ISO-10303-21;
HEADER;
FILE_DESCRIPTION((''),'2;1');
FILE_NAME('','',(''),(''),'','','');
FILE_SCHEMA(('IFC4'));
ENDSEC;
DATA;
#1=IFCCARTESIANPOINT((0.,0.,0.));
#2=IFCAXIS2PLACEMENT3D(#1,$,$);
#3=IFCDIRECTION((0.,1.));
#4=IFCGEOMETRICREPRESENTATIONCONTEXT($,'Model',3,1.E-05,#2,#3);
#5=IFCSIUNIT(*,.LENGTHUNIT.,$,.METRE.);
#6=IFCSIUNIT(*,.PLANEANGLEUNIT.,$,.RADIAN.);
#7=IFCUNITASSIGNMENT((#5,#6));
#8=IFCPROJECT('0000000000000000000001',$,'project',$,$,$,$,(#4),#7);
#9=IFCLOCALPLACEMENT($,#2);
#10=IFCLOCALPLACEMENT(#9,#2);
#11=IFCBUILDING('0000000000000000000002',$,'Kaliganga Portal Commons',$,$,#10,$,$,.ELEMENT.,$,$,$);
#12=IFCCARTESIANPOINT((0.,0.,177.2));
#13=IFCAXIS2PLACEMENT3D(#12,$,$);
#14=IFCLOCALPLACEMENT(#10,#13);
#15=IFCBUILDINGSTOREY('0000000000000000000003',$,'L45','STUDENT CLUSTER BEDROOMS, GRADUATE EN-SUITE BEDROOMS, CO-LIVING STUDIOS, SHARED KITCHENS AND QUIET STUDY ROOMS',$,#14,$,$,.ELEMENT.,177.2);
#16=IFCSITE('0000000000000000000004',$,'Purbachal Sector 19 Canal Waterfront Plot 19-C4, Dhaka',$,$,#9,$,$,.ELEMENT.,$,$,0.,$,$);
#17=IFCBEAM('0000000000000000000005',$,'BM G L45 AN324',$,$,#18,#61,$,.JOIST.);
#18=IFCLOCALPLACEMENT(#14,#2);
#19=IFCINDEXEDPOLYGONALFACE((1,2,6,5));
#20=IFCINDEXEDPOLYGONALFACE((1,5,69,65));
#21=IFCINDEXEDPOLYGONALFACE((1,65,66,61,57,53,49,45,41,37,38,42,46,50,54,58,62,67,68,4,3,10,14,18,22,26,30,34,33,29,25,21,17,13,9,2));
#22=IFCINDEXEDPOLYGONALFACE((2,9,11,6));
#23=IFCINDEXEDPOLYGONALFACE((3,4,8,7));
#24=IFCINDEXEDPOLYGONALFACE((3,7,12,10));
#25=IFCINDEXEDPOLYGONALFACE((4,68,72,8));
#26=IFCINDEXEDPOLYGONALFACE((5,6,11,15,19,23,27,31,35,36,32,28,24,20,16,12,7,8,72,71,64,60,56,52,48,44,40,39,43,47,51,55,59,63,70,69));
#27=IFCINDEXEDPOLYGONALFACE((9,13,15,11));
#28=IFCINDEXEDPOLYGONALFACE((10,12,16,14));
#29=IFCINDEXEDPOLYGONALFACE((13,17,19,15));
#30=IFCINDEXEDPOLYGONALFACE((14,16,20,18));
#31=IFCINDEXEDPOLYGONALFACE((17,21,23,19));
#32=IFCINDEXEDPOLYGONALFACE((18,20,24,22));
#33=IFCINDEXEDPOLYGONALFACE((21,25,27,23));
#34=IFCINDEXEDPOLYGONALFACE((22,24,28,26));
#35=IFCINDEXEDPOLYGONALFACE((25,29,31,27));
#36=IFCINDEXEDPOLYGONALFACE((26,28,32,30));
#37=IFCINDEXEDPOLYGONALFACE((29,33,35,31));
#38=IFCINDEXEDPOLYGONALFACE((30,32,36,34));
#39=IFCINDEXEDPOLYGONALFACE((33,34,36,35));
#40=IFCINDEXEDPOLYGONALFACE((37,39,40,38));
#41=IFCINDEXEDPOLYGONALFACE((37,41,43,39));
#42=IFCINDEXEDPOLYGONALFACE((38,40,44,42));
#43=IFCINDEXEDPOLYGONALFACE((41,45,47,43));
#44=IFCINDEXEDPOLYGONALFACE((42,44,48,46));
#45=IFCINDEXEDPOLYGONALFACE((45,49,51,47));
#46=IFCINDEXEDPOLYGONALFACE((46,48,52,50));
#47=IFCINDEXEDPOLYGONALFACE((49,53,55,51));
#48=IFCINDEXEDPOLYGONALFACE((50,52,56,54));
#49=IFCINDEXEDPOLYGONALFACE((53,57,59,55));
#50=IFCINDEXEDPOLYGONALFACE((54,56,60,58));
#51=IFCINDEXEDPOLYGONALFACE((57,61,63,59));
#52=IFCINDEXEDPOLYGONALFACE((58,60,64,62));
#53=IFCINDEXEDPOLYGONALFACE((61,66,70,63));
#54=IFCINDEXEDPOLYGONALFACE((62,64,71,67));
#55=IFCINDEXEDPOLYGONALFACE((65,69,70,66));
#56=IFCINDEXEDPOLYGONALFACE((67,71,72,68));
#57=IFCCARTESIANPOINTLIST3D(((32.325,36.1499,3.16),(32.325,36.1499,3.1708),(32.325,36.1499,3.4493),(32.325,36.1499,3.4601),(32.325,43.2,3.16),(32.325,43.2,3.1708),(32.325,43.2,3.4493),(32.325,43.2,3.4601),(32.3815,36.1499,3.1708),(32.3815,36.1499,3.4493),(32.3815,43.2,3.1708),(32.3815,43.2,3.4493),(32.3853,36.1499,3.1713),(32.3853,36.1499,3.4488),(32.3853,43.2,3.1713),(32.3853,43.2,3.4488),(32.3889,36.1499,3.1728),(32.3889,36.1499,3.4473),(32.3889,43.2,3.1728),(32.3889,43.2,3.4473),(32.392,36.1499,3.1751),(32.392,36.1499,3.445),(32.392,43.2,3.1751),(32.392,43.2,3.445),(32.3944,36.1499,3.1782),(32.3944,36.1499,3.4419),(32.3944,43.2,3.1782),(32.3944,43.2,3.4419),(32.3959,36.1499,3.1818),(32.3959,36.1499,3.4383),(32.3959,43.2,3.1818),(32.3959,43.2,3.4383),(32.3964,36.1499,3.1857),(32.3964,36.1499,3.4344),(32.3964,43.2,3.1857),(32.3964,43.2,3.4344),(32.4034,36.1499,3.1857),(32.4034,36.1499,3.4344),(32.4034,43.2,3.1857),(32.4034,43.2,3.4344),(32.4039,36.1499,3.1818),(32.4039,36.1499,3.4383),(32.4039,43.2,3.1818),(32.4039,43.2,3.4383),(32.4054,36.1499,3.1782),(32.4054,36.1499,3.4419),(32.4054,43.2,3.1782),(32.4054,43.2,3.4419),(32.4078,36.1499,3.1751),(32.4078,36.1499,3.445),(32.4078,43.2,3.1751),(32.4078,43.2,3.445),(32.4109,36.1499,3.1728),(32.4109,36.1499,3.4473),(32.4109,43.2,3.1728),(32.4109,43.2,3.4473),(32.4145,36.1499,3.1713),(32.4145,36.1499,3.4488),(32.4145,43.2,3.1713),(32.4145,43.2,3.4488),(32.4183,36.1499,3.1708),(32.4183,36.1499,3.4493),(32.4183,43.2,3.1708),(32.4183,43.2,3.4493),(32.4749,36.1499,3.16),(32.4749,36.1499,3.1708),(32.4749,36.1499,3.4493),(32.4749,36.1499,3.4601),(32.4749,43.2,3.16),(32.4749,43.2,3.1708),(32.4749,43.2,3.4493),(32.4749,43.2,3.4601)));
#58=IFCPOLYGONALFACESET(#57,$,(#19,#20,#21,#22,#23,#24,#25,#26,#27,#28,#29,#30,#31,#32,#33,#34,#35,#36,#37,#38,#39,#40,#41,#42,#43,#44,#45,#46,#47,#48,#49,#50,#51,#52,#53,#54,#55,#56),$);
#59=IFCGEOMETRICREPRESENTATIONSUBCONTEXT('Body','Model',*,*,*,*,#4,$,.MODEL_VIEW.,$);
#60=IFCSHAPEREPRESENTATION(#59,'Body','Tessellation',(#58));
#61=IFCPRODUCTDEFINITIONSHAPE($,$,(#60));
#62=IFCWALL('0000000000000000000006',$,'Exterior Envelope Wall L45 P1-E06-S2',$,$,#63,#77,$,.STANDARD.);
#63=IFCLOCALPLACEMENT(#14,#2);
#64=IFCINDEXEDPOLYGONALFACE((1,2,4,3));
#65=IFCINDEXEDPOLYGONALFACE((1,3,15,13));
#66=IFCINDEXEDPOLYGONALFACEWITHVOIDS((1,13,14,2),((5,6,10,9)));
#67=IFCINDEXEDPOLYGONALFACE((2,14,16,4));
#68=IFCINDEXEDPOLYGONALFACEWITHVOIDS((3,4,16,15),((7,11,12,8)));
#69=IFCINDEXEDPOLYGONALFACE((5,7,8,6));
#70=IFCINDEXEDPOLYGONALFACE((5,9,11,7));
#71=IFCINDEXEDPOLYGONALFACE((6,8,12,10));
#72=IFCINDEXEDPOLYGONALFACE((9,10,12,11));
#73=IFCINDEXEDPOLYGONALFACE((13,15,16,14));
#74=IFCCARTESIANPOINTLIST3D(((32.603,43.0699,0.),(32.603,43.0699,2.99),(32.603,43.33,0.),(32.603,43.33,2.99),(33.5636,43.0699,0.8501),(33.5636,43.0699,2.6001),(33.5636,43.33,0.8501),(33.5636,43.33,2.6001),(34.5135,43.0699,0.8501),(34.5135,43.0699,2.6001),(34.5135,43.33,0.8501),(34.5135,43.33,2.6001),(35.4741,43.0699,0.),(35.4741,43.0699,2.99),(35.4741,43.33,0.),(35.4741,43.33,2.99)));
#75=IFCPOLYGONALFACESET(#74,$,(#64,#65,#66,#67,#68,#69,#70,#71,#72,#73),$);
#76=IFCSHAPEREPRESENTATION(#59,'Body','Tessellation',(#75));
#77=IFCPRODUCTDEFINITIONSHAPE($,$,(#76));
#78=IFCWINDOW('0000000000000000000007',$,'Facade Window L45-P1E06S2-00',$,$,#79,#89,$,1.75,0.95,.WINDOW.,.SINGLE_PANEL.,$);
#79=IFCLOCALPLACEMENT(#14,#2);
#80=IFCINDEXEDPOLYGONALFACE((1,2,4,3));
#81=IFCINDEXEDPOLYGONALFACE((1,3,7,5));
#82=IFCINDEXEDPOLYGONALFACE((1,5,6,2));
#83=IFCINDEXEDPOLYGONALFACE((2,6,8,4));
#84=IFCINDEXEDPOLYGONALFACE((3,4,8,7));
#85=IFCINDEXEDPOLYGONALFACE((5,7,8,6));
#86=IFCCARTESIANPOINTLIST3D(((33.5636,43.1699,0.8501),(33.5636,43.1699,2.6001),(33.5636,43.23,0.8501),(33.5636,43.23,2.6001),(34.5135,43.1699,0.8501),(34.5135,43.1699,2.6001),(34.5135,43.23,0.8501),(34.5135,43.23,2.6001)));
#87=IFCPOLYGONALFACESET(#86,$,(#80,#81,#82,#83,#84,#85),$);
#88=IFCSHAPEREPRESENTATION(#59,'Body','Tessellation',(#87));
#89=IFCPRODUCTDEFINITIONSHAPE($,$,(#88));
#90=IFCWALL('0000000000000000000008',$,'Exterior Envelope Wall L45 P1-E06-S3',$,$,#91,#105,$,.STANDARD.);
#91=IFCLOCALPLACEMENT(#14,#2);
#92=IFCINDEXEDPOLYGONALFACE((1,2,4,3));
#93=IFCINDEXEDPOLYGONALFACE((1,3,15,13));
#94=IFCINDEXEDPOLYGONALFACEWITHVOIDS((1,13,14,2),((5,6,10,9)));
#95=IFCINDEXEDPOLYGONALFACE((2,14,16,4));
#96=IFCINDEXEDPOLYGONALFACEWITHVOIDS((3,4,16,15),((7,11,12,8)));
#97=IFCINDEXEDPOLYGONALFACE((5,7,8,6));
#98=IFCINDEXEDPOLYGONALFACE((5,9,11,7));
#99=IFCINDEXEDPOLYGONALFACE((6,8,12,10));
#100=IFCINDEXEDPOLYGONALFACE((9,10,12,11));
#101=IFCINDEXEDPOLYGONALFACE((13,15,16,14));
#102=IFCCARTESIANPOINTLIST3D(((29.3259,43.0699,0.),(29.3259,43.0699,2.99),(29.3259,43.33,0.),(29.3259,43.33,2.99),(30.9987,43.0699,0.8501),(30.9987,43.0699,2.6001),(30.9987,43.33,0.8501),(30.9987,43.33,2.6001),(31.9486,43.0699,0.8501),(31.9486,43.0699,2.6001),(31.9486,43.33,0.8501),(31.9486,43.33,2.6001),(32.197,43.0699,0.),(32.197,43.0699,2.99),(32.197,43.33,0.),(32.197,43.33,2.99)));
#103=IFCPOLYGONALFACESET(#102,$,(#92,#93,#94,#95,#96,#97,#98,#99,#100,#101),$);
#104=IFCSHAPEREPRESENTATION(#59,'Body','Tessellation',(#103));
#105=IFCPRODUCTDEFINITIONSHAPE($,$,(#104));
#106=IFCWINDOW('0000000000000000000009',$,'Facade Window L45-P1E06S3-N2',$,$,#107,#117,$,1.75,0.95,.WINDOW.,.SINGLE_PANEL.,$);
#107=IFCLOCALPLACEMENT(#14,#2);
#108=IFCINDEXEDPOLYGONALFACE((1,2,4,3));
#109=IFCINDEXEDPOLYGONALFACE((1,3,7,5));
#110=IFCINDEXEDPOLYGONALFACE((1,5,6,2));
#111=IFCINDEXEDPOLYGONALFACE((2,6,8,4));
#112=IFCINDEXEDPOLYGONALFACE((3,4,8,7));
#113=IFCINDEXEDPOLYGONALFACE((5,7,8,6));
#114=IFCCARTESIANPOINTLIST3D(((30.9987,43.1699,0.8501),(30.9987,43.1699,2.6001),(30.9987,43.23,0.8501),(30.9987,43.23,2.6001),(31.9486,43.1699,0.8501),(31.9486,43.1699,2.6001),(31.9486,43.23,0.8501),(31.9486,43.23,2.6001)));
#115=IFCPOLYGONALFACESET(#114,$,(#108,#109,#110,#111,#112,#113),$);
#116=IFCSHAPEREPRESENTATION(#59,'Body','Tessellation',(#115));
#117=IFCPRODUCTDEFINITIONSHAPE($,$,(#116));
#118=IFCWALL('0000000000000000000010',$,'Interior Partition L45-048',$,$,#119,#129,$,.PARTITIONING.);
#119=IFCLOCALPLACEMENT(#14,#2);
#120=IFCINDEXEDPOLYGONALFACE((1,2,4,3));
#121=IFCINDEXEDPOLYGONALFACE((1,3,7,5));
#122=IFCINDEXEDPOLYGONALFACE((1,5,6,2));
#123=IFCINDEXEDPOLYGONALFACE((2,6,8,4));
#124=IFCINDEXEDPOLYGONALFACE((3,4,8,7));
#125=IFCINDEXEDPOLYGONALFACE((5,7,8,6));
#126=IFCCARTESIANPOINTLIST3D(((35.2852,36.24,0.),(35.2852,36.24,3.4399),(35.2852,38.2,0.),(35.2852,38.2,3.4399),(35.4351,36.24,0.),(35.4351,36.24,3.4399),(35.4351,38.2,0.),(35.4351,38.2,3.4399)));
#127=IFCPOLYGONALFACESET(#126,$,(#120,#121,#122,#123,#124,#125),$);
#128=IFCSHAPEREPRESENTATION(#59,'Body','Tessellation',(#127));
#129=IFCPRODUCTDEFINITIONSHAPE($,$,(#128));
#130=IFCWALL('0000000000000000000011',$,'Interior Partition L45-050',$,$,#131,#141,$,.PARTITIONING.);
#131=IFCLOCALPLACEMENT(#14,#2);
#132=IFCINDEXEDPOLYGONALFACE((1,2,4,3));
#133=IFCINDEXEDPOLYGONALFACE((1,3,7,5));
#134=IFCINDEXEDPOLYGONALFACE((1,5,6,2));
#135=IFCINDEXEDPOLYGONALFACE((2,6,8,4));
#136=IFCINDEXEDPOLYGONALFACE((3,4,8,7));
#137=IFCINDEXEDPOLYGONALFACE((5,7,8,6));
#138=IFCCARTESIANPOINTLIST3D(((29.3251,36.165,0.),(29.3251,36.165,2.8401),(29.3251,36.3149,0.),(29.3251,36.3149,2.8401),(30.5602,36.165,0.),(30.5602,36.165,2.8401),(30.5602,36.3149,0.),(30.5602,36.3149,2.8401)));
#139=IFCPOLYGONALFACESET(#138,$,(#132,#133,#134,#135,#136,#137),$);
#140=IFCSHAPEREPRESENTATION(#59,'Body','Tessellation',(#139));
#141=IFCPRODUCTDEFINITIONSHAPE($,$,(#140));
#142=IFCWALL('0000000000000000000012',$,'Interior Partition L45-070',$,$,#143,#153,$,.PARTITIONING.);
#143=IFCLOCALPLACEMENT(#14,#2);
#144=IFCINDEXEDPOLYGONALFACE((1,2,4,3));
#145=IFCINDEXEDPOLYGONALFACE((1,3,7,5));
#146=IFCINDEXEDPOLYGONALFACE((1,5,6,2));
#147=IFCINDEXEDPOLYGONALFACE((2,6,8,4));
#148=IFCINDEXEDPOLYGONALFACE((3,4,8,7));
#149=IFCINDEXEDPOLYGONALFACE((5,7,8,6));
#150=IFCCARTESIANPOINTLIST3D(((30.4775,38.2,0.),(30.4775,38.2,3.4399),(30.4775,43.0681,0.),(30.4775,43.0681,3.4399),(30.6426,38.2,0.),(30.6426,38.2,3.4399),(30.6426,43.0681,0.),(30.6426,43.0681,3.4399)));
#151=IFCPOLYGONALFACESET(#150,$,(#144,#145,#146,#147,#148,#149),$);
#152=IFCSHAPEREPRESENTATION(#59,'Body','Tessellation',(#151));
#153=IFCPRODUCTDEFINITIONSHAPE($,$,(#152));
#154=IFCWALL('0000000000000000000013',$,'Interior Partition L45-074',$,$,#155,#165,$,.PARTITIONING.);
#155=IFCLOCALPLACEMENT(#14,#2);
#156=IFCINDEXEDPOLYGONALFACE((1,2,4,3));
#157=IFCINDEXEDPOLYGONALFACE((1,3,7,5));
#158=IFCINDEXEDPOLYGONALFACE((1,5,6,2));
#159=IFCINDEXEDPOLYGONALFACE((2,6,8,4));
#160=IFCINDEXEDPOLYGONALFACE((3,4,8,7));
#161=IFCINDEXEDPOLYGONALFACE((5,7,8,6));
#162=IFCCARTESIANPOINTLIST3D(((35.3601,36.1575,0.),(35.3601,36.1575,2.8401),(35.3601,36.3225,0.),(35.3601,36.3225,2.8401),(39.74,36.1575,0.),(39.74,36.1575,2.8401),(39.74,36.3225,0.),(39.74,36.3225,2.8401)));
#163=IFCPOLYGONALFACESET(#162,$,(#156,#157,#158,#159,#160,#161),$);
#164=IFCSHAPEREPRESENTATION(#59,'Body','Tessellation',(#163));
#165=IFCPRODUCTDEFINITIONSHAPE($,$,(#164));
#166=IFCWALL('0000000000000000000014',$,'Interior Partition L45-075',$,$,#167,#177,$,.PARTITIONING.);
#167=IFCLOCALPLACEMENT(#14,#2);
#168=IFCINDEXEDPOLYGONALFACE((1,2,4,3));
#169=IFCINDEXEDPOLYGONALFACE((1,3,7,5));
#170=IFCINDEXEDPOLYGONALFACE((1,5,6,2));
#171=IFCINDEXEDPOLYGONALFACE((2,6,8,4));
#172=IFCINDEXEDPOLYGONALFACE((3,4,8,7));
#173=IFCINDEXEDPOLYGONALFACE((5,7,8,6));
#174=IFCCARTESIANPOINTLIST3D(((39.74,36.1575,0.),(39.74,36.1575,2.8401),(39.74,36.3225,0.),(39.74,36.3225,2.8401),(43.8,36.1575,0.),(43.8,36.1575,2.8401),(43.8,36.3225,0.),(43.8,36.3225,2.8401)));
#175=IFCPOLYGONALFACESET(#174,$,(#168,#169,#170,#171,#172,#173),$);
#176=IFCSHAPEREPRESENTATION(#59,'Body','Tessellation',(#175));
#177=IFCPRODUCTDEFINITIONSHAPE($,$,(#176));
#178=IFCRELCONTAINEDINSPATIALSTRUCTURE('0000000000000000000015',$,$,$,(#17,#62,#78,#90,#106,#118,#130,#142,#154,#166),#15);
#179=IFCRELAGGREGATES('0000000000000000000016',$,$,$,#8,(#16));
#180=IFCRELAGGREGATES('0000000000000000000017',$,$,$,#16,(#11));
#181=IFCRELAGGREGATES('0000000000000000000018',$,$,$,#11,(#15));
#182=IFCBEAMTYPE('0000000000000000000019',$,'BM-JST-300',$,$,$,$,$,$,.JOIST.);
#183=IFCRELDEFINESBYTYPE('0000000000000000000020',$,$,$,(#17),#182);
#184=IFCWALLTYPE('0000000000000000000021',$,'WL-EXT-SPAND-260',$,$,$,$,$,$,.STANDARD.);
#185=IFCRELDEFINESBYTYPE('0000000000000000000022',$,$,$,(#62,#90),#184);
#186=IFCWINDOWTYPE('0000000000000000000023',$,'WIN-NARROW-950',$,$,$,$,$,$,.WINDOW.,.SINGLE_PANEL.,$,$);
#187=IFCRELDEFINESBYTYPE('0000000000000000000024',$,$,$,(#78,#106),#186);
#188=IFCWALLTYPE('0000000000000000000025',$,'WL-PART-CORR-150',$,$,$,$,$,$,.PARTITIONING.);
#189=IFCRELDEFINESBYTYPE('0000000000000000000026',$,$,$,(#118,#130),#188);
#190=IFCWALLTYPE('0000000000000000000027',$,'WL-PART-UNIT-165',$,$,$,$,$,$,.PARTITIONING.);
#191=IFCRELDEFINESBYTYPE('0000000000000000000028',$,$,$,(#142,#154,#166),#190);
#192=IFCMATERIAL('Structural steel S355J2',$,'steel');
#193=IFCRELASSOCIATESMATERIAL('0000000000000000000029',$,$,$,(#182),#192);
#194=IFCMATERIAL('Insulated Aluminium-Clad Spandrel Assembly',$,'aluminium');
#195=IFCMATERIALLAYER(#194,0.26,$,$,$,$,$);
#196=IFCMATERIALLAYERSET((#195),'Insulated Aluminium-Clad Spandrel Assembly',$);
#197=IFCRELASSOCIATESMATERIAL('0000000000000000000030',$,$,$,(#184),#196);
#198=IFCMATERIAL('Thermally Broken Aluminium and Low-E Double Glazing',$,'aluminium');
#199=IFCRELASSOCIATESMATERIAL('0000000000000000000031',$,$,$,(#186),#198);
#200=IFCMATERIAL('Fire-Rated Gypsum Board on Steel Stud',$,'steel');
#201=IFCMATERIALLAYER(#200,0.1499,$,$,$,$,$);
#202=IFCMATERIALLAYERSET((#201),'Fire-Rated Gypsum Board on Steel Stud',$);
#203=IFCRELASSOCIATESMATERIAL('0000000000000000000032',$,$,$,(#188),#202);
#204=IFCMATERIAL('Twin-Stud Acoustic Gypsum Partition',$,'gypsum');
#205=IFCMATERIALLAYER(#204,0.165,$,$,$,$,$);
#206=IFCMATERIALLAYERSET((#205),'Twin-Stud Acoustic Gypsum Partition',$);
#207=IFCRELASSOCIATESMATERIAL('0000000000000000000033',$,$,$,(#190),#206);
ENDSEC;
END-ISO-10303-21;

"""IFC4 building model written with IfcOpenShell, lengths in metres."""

from ifc_helpers import new_model, si_unit, direction, frame, frame_2d, origin, origin_2d, place, context, subcontext, project, spatial, rectangle, i_section, extrude, source, transform, mapped, material, layer, layer_set, material_profile, profile_set, type_object, element, fill, save


model = new_model("IFC4")

# Units and contexts
model_context = context("Model", 3, precision=1e-05, world=origin(), true_north=direction((0.0, 1.0)))
body_context = subcontext(model_context, "Body", "Model", "MODEL_VIEW")
ifc_project = project(units=[si_unit("LENGTHUNIT", "METRE"), si_unit("PLANEANGLEUNIT", "RADIAN")], contexts=[model_context])

# Site, building, storey
site_placement = place(None, origin())
site = spatial("IfcSite", under=ifc_project, at=site_placement, Name="Purbachal Sector 19 Canal Waterfront Plot 19-C4, Dhaka", CompositionType="ELEMENT", RefElevation=0.0)
building_placement = place(site_placement, origin())
building = spatial("IfcBuilding", under=site, at=building_placement, Name="Kaliganga Portal Commons", CompositionType="ELEMENT")
storey_placement = place(building_placement, frame((0.0, 0.0, 177.2)))
storey = spatial("IfcBuildingStorey", under=building, at=storey_placement, Name="L45", Description="STUDENT CLUSTER BEDROOMS, GRADUATE EN-SUITE BEDROOMS, CO-LIVING STUDIOS, SHARED KITCHENS AND QUIET STUDY ROOMS", CompositionType="ELEMENT", Elevation=177.2)

# Beam
ifc_material_1 = material(Name="Structural steel S355J2", Category="steel")
ifc_material_profile_1 = material_profile(ifc_material_1, i_section(OverallWidth=0.1499, OverallDepth=0.3, WebThickness=0.0071, FlangeThickness=0.0107, FilletRadius=0.0149, at=origin_2d()), Name="IPE 300")
ifc_profile_set_1 = profile_set([ifc_material_profile_1], Name="Structural steel S355J2 wide-flange")
beam_type_1 = type_object("IfcBeamType", Name="BM-JST-300", PredefinedType="JOIST", material=ifc_profile_set_1)
shared_shape_1 = source(origin(), body_context, "Body", "SweptSolid", [
    extrude(i_section(OverallWidth=0.1499, OverallDepth=0.3, WebThickness=0.0071, FlangeThickness=0.0107, FilletRadius=0.0149, at=origin_2d()), origin(), (0.0, 0.0, 1.0), 7.05),
])
beam_1_placement = place(storey_placement, frame((32.3999, 36.1499, 3.3101), z_axis=(0.0, 1.0, 0.0), x_axis=(-1.0, 0.0, 0.0)))
element("IfcBeam", 1, at=beam_1_placement, inside=storey, type_object=beam_type_1, Name="BM G L45 AN324", PredefinedType="JOIST", context=body_context, shape_type="MappedRepresentation", body=[
    mapped(shared_shape_1, transform((0.0, 0.0, 0.0), x_axis=(1.0, 0.0, 0.0), y_axis=(0.0, 1.0, 0.0), z_axis=(0.0, 0.0, 1.0), scale=1.0)),
])

# Shared definitions
ifc_material_2 = material(Name="Insulated Aluminium-Clad Spandrel Assembly", Category="aluminium")
ifc_layer_1 = layer(ifc_material_2, 0.26)
ifc_layer_set_1 = layer_set([ifc_layer_1], Name="Insulated Aluminium-Clad Spandrel Assembly")
wall_type_1 = type_object("IfcWallType", Name="WL-EXT-SPAND-260", PredefinedType="STANDARD", material=ifc_layer_set_1)
ifc_material_3 = material(Name="Thermally Broken Aluminium and Low-E Double Glazing", Category="aluminium")

# Walls, openings, windows
wall_1_placement = place(storey_placement, frame((32.603, 43.2, 0.0), z_axis=(0.0, 0.0, 1.0), x_axis=(1.0, 0.0, 0.0)))
wall_1 = element("IfcWall", 2, at=wall_1_placement, inside=storey, type_object=wall_type_1, Name="Exterior Envelope Wall L45 P1-E06-S2", PredefinedType="STANDARD", context=body_context, shape_type="SweptSolid", body=[
    extrude(rectangle(XDim=2.8711, YDim=0.26, at=frame_2d((1.4355, 0.0))), origin(), (0.0, 0.0, 1.0), 2.99),
])
opening_1_placement = place(wall_1_placement, frame((0.9604, 0.0, 0.8501)))
opening_1 = element("IfcOpeningElement", 3, at=opening_1_placement, cuts=wall_1, PredefinedType="OPENING", context=body_context, shape_type="SweptSolid", body=[
    extrude(rectangle(XDim=0.95, YDim=1.75, at=frame_2d((0.4751, 0.875))), frame((0.0, 0.1401, 0.0), z_axis=(0.0, -1.0, 0.0), x_axis=(1.0, 0.0, 0.0)), (0.0, 0.0, 1.0), 0.28),
])
window_type_1 = type_object("IfcWindowType", Name="WIN-NARROW-950", PartitioningType="SINGLE_PANEL", PredefinedType="WINDOW", material=ifc_material_3)
window_1_placement = place(opening_1_placement, origin())
window_1 = element("IfcWindow", 4, at=window_1_placement, inside=storey, type_object=window_type_1, Name="Facade Window L45-P1E06S2-00", OverallHeight=1.75, OverallWidth=0.95, PartitioningType="SINGLE_PANEL", PredefinedType="WINDOW", context=body_context, shape_type="SweptSolid", body=[
    extrude(rectangle(XDim=0.95, YDim=1.75, at=frame_2d((0.4751, 0.875))), frame((0.0, 0.03, 0.0), z_axis=(0.0, -1.0, 0.0), x_axis=(1.0, 0.0, 0.0)), (0.0, 0.0, 1.0), 0.0601),
])
fill(opening_1, window_1)
wall_2_placement = place(storey_placement, frame((29.3259, 43.2, 0.0), z_axis=(0.0, 0.0, 1.0), x_axis=(1.0, 0.0, 0.0)))
wall_2 = element("IfcWall", 5, at=wall_2_placement, inside=storey, type_object=wall_type_1, Name="Exterior Envelope Wall L45 P1-E06-S3", PredefinedType="STANDARD", context=body_context, shape_type="SweptSolid", body=[
    extrude(rectangle(XDim=2.8711, YDim=0.26, at=frame_2d((1.4355, 0.0))), origin(), (0.0, 0.0, 1.0), 2.99),
])
opening_2_placement = place(wall_2_placement, frame((1.6726, 0.0, 0.8501)))
opening_2 = element("IfcOpeningElement", 6, at=opening_2_placement, cuts=wall_2, PredefinedType="OPENING", context=body_context, shape_type="SweptSolid", body=[
    extrude(rectangle(XDim=0.95, YDim=1.75, at=frame_2d((0.4751, 0.875))), frame((0.0, 0.1401, 0.0), z_axis=(0.0, -1.0, 0.0), x_axis=(1.0, 0.0, 0.0)), (0.0, 0.0, 1.0), 0.28),
])
window_2_placement = place(opening_2_placement, origin())
window_2 = element("IfcWindow", 7, at=window_2_placement, inside=storey, type_object=window_type_1, Name="Facade Window L45-P1E06S3-N2", OverallHeight=1.75, OverallWidth=0.95, PartitioningType="SINGLE_PANEL", PredefinedType="WINDOW", context=body_context, shape_type="SweptSolid", body=[
    extrude(rectangle(XDim=0.95, YDim=1.75, at=frame_2d((0.4751, 0.875))), frame((0.0, 0.03, 0.0), z_axis=(0.0, -1.0, 0.0), x_axis=(1.0, 0.0, 0.0)), (0.0, 0.0, 1.0), 0.0601),
])
fill(opening_2, window_2)

# Shared definitions
ifc_material_4 = material(Name="Fire-Rated Gypsum Board on Steel Stud", Category="steel")
ifc_layer_2 = layer(ifc_material_4, 0.1499)
ifc_layer_set_2 = layer_set([ifc_layer_2], Name="Fire-Rated Gypsum Board on Steel Stud")
wall_type_2 = type_object("IfcWallType", Name="WL-PART-CORR-150", PredefinedType="PARTITIONING", material=ifc_layer_set_2)

# Walls
wall_3_placement = place(storey_placement, frame((35.3601, 36.24, 0.0), z_axis=(0.0, 0.0, 1.0), x_axis=(0.0, 1.0, 0.0)))
element("IfcWall", 8, at=wall_3_placement, inside=storey, type_object=wall_type_2, Name="Interior Partition L45-048", PredefinedType="PARTITIONING", context=body_context, shape_type="SweptSolid", body=[
    extrude(rectangle(XDim=1.96, YDim=0.1499, at=frame_2d((0.98, 0.0))), origin(), (0.0, 0.0, 1.0), 3.4399),
])
wall_4_placement = place(storey_placement, frame((29.325, 36.24, 0.0), z_axis=(0.0, 0.0, 1.0), x_axis=(1.0, 0.0, 0.0)))
element("IfcWall", 9, at=wall_4_placement, inside=storey, type_object=wall_type_2, Name="Interior Partition L45-050", PredefinedType="PARTITIONING", context=body_context, shape_type="SweptSolid", body=[
    extrude(rectangle(XDim=1.2351, YDim=0.1499, at=frame_2d((0.6177, 0.0))), origin(), (0.0, 0.0, 1.0), 2.8401),
])
ifc_material_5 = material(Name="Twin-Stud Acoustic Gypsum Partition", Category="gypsum")
ifc_layer_3 = layer(ifc_material_5, 0.165)
ifc_layer_set_3 = layer_set([ifc_layer_3], Name="Twin-Stud Acoustic Gypsum Partition")
wall_type_3 = type_object("IfcWallType", Name="WL-PART-UNIT-165", PredefinedType="PARTITIONING", material=ifc_layer_set_3)
wall_5_placement = place(storey_placement, frame((30.5601, 38.2, 0.0), z_axis=(0.0, 0.0, 1.0), x_axis=(0.0, 1.0, 0.0)))
element("IfcWall", 10, at=wall_5_placement, inside=storey, type_object=wall_type_3, Name="Interior Partition L45-070", PredefinedType="PARTITIONING", context=body_context, shape_type="SweptSolid", body=[
    extrude(rectangle(XDim=4.8682, YDim=0.165, at=frame_2d((2.4341, 0.0))), origin(), (0.0, 0.0, 1.0), 3.4399),
])
wall_6_placement = place(storey_placement, frame((35.3601, 36.24, 0.0), z_axis=(0.0, 0.0, 1.0), x_axis=(1.0, 0.0, 0.0)))
element("IfcWall", 11, at=wall_6_placement, inside=storey, type_object=wall_type_3, Name="Interior Partition L45-074", PredefinedType="PARTITIONING", context=body_context, shape_type="SweptSolid", body=[
    extrude(rectangle(XDim=4.3799, YDim=0.165, at=frame_2d((2.1899, 0.0))), origin(), (0.0, 0.0, 1.0), 2.8401),
])
wall_7_placement = place(storey_placement, frame((39.74, 36.24, 0.0), z_axis=(0.0, 0.0, 1.0), x_axis=(1.0, 0.0, 0.0)))
element("IfcWall", 12, at=wall_7_placement, inside=storey, type_object=wall_type_3, Name="Interior Partition L45-075", PredefinedType="PARTITIONING", context=body_context, shape_type="SweptSolid", body=[
    extrude(rectangle(XDim=4.0601, YDim=0.165, at=frame_2d((2.03, 0.0))), origin(), (0.0, 0.0, 1.0), 2.8401),
])

save(model, "model.ifc")
